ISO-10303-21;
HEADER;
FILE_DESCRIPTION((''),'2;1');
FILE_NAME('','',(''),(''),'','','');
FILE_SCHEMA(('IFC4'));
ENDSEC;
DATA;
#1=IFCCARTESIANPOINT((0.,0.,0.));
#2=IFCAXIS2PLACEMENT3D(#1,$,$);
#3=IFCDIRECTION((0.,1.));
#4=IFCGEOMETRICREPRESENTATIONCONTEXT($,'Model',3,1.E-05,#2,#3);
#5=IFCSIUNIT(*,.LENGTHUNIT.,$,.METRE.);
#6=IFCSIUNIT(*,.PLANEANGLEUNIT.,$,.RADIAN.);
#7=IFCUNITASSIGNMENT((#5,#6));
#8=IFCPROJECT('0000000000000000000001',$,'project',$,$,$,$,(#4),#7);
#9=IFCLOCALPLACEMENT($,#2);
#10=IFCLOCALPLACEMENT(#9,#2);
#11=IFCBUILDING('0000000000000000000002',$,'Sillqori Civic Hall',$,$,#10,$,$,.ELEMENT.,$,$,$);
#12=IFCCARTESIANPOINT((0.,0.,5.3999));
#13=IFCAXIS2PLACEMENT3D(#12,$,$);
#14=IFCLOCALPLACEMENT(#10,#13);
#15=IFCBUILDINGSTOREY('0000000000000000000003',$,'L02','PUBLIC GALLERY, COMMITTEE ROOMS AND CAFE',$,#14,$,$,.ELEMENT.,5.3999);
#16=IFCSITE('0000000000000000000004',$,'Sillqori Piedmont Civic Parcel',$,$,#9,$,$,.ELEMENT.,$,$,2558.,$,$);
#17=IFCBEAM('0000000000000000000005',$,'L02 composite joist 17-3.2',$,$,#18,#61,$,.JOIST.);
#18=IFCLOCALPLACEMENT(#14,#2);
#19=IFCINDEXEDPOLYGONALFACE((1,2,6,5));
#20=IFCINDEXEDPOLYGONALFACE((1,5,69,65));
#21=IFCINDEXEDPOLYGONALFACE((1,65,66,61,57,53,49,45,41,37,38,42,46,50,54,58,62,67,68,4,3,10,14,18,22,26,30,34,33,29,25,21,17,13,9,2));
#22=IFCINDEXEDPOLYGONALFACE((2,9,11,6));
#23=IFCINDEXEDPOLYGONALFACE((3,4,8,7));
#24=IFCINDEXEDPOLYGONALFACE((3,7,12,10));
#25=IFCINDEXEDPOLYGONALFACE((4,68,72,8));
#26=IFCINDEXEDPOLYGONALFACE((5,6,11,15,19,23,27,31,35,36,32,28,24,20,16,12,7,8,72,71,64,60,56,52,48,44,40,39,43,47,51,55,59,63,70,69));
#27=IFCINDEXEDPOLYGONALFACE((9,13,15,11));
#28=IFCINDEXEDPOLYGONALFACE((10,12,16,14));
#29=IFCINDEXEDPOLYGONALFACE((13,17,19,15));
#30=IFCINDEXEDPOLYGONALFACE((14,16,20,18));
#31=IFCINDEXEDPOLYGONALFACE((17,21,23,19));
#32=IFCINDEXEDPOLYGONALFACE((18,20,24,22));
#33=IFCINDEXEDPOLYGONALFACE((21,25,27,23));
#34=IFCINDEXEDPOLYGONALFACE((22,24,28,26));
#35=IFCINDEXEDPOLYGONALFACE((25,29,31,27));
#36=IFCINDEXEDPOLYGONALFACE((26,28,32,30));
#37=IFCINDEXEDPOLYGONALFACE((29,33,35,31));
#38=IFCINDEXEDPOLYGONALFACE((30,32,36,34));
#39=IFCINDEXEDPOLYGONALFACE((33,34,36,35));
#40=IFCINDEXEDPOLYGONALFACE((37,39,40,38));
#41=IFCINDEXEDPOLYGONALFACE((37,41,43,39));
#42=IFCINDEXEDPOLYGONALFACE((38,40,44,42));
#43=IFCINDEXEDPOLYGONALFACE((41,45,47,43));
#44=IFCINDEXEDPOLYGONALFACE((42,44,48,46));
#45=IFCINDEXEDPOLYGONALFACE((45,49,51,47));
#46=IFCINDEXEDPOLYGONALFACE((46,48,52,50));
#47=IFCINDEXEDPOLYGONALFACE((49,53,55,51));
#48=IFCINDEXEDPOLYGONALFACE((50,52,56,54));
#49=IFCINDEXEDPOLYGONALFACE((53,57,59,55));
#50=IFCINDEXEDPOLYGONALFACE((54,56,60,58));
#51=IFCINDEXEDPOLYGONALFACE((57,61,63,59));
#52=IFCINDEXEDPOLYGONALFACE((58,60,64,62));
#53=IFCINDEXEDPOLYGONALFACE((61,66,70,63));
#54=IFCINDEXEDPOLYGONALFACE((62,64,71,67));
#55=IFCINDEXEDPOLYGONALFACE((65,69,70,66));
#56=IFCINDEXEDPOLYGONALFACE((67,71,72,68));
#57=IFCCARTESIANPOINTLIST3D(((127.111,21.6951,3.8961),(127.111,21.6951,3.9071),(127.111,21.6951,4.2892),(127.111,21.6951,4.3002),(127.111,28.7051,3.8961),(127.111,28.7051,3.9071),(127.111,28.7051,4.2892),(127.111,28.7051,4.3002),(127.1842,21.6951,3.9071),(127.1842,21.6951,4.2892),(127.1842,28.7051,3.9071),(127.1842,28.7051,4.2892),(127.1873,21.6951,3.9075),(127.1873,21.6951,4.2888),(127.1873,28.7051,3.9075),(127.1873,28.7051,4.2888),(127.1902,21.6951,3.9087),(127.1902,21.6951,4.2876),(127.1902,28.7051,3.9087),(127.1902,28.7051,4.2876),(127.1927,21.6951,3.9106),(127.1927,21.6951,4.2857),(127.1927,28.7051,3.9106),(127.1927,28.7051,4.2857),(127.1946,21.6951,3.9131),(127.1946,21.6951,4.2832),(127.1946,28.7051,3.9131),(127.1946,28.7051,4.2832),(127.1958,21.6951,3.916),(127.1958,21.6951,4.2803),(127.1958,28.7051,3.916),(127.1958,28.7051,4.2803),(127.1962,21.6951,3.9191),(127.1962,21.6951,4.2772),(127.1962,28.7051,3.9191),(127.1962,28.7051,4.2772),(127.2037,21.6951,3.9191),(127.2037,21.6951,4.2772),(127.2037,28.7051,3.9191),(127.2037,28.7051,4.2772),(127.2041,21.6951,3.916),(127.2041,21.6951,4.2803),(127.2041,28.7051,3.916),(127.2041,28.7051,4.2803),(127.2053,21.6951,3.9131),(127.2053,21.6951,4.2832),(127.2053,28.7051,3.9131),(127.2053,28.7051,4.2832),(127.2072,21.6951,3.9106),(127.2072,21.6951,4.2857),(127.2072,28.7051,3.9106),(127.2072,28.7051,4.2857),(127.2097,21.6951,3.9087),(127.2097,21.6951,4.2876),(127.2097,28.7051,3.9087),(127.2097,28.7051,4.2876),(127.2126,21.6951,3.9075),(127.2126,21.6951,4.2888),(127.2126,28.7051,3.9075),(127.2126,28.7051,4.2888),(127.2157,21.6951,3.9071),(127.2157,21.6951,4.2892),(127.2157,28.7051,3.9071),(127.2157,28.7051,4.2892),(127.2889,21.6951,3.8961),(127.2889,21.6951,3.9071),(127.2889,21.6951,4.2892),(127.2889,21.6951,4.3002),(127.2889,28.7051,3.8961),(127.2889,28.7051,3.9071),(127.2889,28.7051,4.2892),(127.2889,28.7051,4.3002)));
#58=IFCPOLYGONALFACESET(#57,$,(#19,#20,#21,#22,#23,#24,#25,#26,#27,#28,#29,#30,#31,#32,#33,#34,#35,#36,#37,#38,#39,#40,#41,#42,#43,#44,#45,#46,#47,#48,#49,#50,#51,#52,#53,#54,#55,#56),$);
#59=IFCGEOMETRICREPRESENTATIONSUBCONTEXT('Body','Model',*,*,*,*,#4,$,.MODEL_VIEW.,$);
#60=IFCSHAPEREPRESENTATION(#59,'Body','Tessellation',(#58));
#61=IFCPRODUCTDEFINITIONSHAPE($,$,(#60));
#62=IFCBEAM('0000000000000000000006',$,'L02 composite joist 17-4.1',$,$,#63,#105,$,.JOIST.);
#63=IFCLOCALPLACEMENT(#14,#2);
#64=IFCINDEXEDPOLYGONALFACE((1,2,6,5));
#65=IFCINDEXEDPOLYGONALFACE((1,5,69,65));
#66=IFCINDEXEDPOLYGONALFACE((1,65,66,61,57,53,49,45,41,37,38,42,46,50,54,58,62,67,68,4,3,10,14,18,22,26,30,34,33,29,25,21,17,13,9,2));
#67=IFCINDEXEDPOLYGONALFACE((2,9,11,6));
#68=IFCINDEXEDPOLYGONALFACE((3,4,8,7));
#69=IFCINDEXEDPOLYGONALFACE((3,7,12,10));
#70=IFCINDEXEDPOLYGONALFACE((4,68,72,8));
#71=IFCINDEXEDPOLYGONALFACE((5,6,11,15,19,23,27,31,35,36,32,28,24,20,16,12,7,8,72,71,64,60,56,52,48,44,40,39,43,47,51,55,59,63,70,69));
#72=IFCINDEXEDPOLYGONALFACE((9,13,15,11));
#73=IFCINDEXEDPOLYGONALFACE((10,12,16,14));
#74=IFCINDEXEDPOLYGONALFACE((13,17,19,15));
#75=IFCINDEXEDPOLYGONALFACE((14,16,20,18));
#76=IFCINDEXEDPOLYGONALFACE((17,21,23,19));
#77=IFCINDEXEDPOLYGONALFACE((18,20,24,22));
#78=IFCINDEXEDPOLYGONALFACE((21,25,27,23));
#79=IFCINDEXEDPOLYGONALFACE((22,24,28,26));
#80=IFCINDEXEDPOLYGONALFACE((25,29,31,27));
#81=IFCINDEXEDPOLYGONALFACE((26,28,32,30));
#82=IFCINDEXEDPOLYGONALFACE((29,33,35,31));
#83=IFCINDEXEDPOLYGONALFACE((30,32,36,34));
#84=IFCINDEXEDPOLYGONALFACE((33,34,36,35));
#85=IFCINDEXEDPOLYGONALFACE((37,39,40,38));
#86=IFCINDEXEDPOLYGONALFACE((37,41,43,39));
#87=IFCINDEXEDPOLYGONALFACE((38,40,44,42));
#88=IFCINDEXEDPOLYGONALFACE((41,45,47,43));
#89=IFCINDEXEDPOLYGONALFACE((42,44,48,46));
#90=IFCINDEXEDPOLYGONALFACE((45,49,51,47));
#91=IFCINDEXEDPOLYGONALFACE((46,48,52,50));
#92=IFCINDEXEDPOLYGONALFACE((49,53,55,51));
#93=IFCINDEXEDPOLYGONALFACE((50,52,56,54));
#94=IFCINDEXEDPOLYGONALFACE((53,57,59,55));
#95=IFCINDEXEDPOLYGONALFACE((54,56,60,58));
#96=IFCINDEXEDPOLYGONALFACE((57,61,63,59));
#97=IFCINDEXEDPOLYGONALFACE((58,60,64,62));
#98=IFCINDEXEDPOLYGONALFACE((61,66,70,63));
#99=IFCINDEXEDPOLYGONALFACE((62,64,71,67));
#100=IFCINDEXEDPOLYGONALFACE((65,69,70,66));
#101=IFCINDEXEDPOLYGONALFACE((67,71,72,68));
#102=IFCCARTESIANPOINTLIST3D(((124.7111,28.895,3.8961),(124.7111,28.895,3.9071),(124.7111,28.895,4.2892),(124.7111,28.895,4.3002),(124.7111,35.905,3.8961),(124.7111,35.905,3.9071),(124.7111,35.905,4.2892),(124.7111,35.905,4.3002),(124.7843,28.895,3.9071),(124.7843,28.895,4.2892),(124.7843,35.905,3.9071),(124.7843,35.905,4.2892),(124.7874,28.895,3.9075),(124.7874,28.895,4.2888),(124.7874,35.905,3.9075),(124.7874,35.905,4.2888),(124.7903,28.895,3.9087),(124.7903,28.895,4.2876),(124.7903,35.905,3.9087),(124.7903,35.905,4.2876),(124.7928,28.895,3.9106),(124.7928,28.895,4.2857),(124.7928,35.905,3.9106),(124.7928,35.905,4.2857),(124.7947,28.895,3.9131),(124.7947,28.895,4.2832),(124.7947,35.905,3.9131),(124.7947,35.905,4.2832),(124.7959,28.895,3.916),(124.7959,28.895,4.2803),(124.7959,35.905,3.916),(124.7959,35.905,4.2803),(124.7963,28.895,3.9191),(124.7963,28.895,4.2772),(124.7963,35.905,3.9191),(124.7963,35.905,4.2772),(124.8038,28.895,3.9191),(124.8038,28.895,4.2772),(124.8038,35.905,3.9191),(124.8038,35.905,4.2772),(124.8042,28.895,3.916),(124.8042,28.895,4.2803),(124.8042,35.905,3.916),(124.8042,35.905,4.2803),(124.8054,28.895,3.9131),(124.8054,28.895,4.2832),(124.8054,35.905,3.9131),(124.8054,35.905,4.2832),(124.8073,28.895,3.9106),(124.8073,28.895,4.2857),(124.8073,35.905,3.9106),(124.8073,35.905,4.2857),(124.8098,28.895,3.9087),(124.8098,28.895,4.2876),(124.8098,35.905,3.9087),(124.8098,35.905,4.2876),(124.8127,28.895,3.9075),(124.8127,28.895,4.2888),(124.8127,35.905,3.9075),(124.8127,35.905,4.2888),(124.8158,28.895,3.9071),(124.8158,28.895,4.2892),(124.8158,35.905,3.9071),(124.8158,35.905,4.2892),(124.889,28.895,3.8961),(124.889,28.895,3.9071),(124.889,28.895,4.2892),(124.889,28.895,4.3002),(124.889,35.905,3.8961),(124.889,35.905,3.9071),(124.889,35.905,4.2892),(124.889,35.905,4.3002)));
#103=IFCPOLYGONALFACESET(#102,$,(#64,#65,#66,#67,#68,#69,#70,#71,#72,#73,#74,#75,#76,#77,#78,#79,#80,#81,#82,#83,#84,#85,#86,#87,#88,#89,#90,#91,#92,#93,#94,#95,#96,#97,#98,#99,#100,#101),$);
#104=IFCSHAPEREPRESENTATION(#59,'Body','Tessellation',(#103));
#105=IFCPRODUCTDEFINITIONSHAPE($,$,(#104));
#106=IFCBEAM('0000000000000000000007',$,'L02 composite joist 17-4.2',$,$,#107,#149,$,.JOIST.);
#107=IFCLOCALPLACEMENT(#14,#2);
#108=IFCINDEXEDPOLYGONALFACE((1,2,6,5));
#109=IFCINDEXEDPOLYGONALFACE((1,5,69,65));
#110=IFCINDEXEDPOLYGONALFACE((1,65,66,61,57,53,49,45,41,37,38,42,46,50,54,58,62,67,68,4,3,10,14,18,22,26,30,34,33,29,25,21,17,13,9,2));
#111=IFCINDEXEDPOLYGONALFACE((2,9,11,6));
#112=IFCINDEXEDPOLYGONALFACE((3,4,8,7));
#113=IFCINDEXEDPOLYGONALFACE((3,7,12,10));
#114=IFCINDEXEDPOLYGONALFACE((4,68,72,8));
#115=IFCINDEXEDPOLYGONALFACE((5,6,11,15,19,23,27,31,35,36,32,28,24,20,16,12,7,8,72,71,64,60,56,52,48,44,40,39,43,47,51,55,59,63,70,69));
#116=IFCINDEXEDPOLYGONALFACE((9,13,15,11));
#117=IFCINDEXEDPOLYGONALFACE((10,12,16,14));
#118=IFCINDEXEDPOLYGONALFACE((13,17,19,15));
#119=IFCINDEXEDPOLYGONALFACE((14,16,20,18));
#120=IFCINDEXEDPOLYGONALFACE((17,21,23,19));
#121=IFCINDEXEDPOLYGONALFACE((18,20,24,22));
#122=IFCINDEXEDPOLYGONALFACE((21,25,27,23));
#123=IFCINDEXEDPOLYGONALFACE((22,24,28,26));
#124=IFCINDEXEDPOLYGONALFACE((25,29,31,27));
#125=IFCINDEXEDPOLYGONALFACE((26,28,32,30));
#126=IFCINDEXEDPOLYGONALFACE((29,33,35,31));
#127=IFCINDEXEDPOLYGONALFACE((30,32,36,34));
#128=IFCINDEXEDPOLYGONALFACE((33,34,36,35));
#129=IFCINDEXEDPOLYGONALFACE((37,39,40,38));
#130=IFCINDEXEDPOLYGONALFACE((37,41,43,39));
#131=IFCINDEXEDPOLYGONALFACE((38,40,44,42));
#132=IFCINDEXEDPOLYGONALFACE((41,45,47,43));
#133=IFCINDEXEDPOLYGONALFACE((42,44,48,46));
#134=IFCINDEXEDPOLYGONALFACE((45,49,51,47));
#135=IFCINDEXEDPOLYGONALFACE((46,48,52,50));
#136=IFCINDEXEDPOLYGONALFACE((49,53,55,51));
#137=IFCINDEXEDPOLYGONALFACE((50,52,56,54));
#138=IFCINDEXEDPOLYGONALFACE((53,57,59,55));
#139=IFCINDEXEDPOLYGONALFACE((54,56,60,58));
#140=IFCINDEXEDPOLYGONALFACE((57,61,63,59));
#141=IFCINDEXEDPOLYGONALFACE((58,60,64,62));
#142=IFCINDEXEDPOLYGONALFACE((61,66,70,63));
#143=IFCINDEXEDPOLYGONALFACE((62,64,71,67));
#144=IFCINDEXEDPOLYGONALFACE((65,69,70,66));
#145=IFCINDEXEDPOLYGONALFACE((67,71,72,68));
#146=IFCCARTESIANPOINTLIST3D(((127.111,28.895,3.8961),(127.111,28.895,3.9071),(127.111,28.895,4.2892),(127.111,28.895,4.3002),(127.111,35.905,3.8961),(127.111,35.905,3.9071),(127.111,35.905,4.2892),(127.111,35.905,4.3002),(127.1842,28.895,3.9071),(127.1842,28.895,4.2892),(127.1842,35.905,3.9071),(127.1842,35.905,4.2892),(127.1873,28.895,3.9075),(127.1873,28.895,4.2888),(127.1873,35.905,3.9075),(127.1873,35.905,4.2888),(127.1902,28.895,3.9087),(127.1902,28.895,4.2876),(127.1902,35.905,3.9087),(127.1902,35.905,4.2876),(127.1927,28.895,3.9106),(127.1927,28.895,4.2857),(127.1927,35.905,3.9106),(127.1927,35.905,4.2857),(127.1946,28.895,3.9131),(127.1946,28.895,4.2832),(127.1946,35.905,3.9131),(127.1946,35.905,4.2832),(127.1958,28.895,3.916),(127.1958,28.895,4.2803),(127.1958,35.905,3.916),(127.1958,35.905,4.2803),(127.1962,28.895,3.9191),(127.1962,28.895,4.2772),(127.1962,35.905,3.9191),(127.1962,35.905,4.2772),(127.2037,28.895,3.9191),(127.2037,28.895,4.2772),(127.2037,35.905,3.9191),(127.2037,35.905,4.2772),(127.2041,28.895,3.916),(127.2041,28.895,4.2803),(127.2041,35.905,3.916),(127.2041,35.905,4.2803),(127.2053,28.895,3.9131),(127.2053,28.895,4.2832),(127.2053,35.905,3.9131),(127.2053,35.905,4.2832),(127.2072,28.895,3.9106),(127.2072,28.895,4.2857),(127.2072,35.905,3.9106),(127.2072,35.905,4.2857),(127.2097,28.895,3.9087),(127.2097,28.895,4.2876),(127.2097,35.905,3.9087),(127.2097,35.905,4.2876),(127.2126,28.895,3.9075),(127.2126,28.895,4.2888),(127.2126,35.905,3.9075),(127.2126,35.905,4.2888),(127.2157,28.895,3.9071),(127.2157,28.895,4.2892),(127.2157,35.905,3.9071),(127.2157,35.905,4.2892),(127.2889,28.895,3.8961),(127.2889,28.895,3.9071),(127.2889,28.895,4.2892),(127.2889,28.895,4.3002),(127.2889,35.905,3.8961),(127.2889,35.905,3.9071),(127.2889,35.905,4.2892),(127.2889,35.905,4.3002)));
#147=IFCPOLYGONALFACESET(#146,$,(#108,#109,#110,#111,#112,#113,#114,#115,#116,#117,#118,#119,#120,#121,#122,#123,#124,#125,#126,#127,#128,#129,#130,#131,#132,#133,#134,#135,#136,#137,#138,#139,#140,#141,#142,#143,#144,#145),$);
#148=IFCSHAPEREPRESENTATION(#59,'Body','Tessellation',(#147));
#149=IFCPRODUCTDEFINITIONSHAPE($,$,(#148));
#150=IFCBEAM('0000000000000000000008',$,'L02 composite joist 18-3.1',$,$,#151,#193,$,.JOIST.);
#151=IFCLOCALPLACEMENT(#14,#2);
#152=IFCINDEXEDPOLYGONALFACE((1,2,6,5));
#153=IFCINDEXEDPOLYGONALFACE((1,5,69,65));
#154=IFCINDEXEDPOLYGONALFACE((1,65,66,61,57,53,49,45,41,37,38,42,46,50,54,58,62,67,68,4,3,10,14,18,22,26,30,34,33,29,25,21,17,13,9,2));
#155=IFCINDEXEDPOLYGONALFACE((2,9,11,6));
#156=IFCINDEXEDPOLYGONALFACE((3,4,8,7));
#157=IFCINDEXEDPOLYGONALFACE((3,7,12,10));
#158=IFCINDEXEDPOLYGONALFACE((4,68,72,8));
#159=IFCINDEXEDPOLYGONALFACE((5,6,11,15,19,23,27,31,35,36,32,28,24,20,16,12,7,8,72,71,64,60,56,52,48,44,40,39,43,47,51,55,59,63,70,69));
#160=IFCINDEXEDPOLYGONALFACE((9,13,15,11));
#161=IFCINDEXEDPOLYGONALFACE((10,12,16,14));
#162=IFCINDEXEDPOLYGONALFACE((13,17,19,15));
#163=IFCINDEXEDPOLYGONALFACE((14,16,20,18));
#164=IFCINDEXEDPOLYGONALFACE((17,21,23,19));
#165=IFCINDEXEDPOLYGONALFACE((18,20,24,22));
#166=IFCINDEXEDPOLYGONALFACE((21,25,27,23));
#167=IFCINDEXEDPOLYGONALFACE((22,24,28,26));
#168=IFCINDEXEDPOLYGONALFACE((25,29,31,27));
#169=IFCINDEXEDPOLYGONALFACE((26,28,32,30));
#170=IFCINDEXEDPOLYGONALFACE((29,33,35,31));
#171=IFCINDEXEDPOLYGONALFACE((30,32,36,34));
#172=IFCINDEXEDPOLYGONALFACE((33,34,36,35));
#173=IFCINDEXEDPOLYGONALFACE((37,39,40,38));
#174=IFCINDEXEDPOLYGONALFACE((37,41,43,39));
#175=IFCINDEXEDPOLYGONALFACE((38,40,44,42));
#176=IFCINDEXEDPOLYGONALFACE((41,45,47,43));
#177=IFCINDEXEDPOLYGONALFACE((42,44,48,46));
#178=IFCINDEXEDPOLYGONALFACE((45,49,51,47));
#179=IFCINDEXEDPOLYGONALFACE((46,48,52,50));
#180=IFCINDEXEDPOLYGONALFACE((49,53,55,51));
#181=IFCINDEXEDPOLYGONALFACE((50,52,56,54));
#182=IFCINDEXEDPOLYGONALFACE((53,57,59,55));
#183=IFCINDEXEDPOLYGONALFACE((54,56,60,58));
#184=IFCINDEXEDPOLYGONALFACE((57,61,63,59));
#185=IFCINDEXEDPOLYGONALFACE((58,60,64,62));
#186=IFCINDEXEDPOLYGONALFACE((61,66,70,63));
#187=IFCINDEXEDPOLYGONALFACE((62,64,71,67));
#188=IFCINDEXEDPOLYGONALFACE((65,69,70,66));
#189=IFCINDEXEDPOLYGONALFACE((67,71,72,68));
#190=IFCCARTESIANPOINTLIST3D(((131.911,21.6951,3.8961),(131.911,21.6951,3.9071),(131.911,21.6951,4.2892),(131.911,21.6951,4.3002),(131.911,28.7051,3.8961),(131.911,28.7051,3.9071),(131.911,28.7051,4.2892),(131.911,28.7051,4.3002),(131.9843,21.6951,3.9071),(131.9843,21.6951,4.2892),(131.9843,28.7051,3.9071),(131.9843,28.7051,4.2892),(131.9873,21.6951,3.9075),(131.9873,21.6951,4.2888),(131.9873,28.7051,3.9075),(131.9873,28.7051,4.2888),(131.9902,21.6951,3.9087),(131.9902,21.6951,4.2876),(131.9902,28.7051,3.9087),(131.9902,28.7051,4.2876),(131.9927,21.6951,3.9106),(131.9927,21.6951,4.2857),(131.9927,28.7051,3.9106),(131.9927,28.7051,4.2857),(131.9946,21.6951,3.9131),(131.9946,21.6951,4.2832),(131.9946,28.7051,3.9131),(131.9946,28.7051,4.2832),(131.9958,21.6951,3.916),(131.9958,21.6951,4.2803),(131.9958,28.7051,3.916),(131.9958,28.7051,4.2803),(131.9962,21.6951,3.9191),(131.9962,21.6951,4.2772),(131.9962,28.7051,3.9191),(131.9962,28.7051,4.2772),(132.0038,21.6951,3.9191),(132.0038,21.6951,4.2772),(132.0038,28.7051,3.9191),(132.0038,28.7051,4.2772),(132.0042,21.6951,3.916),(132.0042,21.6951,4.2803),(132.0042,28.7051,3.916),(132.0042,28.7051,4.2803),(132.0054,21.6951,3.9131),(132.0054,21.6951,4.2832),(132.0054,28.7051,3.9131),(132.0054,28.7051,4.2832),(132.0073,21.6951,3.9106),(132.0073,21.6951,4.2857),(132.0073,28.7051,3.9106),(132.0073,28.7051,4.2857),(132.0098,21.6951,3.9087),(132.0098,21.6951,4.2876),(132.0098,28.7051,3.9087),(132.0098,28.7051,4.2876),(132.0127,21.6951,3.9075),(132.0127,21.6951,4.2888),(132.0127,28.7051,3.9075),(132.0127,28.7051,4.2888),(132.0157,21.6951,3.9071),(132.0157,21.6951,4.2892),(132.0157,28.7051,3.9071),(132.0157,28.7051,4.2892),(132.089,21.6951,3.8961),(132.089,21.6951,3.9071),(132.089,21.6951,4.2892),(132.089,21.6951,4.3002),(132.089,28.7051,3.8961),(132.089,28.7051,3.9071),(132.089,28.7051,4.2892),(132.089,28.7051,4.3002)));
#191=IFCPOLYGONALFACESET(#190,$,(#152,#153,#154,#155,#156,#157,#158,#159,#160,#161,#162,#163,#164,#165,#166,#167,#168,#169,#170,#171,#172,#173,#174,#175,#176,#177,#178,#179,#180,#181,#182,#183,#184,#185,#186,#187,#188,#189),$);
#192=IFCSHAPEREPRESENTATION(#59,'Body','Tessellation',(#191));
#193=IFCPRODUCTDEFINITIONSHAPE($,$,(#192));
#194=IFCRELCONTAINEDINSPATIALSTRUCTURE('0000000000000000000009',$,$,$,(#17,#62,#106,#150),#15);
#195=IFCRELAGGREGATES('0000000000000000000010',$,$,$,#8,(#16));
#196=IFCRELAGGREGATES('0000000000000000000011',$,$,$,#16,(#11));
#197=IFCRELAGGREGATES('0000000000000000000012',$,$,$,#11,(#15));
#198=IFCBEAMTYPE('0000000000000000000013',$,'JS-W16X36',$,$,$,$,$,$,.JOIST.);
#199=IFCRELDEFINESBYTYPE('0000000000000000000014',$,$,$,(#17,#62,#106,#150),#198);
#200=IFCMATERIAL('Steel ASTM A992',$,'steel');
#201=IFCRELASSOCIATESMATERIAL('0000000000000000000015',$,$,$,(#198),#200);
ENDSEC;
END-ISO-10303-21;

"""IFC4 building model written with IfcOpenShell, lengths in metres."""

from ifc_helpers import new_model, si_unit, direction, frame, origin, origin_2d, place, context, subcontext, project, spatial, i_section, extrude, material, material_profile, profile_set, type_object, element, save


model = new_model("IFC4")

# Units and contexts
model_context = context("Model", 3, precision=1e-05, world=origin(), true_north=direction((0.0, 1.0)))
body_context = subcontext(model_context, "Body", "Model", "MODEL_VIEW")
ifc_project = project(units=[si_unit("LENGTHUNIT", "METRE"), si_unit("PLANEANGLEUNIT", "RADIAN")], contexts=[model_context])

# Site, building, storey
site_placement = place(None, origin())
site = spatial("IfcSite", under=ifc_project, at=site_placement, Name="Sillqori Piedmont Civic Parcel", CompositionType="ELEMENT", RefElevation=2558.0)
building_placement = place(site_placement, origin())
building = spatial("IfcBuilding", under=site, at=building_placement, Name="Sillqori Civic Hall", CompositionType="ELEMENT")
storey_placement = place(building_placement, frame((0.0, 0.0, 5.3999)))
storey = spatial("IfcBuildingStorey", under=building, at=storey_placement, Name="L02", Description="PUBLIC GALLERY, COMMITTEE ROOMS AND CAFE", CompositionType="ELEMENT", Elevation=5.3999)

# Shared definitions
ifc_material_1 = material(Name="Steel ASTM A992", Category="steel")

# Beams
ifc_material_profile_1 = material_profile(ifc_material_1, i_section(OverallWidth=0.178, OverallDepth=0.4041, WebThickness=0.0076, FlangeThickness=0.011, FilletRadius=0.012, at=origin_2d()), Name="W16X36")
ifc_profile_set_1 = profile_set([ifc_material_profile_1], Name="Steel ASTM A992")
beam_type_1 = type_object("IfcBeamType", Name="JS-W16X36", PredefinedType="JOIST", material=ifc_profile_set_1)
for number, where, z_axis, x_axis, name in (
    (1, (127.2, 21.6951, 4.0981), (0.0, 1.0, 0.0), (-1.0, 0.0, 0.0), "L02 composite joist 17-3.2"),
    (2, (124.8, 28.895, 4.0981), (0.0, 1.0, 0.0), (-1.0, 0.0, 0.0), "L02 composite joist 17-4.1"),
    (3, (127.2, 28.895, 4.0981), (0.0, 1.0, 0.0), (-1.0, 0.0, 0.0), "L02 composite joist 17-4.2"),
    (4, (132.0, 21.6951, 4.0981), (0.0, 1.0, 0.0), (-1.0, 0.0, 0.0), "L02 composite joist 18-3.1"),
):
    element("IfcBeam", number, at=place(storey_placement, frame(where, z_axis=z_axis, x_axis=x_axis)), inside=storey, type_object=beam_type_1, Name=name, PredefinedType="JOIST", context=body_context, shape_type="SweptSolid", body=[
        extrude(i_section(OverallWidth=0.178, OverallDepth=0.4041, WebThickness=0.0076, FlangeThickness=0.011, FilletRadius=0.012, at=origin_2d()), origin(), (0.0, 0.0, 1.0), 7.01),
    ])

save(model, "model.ifc")
